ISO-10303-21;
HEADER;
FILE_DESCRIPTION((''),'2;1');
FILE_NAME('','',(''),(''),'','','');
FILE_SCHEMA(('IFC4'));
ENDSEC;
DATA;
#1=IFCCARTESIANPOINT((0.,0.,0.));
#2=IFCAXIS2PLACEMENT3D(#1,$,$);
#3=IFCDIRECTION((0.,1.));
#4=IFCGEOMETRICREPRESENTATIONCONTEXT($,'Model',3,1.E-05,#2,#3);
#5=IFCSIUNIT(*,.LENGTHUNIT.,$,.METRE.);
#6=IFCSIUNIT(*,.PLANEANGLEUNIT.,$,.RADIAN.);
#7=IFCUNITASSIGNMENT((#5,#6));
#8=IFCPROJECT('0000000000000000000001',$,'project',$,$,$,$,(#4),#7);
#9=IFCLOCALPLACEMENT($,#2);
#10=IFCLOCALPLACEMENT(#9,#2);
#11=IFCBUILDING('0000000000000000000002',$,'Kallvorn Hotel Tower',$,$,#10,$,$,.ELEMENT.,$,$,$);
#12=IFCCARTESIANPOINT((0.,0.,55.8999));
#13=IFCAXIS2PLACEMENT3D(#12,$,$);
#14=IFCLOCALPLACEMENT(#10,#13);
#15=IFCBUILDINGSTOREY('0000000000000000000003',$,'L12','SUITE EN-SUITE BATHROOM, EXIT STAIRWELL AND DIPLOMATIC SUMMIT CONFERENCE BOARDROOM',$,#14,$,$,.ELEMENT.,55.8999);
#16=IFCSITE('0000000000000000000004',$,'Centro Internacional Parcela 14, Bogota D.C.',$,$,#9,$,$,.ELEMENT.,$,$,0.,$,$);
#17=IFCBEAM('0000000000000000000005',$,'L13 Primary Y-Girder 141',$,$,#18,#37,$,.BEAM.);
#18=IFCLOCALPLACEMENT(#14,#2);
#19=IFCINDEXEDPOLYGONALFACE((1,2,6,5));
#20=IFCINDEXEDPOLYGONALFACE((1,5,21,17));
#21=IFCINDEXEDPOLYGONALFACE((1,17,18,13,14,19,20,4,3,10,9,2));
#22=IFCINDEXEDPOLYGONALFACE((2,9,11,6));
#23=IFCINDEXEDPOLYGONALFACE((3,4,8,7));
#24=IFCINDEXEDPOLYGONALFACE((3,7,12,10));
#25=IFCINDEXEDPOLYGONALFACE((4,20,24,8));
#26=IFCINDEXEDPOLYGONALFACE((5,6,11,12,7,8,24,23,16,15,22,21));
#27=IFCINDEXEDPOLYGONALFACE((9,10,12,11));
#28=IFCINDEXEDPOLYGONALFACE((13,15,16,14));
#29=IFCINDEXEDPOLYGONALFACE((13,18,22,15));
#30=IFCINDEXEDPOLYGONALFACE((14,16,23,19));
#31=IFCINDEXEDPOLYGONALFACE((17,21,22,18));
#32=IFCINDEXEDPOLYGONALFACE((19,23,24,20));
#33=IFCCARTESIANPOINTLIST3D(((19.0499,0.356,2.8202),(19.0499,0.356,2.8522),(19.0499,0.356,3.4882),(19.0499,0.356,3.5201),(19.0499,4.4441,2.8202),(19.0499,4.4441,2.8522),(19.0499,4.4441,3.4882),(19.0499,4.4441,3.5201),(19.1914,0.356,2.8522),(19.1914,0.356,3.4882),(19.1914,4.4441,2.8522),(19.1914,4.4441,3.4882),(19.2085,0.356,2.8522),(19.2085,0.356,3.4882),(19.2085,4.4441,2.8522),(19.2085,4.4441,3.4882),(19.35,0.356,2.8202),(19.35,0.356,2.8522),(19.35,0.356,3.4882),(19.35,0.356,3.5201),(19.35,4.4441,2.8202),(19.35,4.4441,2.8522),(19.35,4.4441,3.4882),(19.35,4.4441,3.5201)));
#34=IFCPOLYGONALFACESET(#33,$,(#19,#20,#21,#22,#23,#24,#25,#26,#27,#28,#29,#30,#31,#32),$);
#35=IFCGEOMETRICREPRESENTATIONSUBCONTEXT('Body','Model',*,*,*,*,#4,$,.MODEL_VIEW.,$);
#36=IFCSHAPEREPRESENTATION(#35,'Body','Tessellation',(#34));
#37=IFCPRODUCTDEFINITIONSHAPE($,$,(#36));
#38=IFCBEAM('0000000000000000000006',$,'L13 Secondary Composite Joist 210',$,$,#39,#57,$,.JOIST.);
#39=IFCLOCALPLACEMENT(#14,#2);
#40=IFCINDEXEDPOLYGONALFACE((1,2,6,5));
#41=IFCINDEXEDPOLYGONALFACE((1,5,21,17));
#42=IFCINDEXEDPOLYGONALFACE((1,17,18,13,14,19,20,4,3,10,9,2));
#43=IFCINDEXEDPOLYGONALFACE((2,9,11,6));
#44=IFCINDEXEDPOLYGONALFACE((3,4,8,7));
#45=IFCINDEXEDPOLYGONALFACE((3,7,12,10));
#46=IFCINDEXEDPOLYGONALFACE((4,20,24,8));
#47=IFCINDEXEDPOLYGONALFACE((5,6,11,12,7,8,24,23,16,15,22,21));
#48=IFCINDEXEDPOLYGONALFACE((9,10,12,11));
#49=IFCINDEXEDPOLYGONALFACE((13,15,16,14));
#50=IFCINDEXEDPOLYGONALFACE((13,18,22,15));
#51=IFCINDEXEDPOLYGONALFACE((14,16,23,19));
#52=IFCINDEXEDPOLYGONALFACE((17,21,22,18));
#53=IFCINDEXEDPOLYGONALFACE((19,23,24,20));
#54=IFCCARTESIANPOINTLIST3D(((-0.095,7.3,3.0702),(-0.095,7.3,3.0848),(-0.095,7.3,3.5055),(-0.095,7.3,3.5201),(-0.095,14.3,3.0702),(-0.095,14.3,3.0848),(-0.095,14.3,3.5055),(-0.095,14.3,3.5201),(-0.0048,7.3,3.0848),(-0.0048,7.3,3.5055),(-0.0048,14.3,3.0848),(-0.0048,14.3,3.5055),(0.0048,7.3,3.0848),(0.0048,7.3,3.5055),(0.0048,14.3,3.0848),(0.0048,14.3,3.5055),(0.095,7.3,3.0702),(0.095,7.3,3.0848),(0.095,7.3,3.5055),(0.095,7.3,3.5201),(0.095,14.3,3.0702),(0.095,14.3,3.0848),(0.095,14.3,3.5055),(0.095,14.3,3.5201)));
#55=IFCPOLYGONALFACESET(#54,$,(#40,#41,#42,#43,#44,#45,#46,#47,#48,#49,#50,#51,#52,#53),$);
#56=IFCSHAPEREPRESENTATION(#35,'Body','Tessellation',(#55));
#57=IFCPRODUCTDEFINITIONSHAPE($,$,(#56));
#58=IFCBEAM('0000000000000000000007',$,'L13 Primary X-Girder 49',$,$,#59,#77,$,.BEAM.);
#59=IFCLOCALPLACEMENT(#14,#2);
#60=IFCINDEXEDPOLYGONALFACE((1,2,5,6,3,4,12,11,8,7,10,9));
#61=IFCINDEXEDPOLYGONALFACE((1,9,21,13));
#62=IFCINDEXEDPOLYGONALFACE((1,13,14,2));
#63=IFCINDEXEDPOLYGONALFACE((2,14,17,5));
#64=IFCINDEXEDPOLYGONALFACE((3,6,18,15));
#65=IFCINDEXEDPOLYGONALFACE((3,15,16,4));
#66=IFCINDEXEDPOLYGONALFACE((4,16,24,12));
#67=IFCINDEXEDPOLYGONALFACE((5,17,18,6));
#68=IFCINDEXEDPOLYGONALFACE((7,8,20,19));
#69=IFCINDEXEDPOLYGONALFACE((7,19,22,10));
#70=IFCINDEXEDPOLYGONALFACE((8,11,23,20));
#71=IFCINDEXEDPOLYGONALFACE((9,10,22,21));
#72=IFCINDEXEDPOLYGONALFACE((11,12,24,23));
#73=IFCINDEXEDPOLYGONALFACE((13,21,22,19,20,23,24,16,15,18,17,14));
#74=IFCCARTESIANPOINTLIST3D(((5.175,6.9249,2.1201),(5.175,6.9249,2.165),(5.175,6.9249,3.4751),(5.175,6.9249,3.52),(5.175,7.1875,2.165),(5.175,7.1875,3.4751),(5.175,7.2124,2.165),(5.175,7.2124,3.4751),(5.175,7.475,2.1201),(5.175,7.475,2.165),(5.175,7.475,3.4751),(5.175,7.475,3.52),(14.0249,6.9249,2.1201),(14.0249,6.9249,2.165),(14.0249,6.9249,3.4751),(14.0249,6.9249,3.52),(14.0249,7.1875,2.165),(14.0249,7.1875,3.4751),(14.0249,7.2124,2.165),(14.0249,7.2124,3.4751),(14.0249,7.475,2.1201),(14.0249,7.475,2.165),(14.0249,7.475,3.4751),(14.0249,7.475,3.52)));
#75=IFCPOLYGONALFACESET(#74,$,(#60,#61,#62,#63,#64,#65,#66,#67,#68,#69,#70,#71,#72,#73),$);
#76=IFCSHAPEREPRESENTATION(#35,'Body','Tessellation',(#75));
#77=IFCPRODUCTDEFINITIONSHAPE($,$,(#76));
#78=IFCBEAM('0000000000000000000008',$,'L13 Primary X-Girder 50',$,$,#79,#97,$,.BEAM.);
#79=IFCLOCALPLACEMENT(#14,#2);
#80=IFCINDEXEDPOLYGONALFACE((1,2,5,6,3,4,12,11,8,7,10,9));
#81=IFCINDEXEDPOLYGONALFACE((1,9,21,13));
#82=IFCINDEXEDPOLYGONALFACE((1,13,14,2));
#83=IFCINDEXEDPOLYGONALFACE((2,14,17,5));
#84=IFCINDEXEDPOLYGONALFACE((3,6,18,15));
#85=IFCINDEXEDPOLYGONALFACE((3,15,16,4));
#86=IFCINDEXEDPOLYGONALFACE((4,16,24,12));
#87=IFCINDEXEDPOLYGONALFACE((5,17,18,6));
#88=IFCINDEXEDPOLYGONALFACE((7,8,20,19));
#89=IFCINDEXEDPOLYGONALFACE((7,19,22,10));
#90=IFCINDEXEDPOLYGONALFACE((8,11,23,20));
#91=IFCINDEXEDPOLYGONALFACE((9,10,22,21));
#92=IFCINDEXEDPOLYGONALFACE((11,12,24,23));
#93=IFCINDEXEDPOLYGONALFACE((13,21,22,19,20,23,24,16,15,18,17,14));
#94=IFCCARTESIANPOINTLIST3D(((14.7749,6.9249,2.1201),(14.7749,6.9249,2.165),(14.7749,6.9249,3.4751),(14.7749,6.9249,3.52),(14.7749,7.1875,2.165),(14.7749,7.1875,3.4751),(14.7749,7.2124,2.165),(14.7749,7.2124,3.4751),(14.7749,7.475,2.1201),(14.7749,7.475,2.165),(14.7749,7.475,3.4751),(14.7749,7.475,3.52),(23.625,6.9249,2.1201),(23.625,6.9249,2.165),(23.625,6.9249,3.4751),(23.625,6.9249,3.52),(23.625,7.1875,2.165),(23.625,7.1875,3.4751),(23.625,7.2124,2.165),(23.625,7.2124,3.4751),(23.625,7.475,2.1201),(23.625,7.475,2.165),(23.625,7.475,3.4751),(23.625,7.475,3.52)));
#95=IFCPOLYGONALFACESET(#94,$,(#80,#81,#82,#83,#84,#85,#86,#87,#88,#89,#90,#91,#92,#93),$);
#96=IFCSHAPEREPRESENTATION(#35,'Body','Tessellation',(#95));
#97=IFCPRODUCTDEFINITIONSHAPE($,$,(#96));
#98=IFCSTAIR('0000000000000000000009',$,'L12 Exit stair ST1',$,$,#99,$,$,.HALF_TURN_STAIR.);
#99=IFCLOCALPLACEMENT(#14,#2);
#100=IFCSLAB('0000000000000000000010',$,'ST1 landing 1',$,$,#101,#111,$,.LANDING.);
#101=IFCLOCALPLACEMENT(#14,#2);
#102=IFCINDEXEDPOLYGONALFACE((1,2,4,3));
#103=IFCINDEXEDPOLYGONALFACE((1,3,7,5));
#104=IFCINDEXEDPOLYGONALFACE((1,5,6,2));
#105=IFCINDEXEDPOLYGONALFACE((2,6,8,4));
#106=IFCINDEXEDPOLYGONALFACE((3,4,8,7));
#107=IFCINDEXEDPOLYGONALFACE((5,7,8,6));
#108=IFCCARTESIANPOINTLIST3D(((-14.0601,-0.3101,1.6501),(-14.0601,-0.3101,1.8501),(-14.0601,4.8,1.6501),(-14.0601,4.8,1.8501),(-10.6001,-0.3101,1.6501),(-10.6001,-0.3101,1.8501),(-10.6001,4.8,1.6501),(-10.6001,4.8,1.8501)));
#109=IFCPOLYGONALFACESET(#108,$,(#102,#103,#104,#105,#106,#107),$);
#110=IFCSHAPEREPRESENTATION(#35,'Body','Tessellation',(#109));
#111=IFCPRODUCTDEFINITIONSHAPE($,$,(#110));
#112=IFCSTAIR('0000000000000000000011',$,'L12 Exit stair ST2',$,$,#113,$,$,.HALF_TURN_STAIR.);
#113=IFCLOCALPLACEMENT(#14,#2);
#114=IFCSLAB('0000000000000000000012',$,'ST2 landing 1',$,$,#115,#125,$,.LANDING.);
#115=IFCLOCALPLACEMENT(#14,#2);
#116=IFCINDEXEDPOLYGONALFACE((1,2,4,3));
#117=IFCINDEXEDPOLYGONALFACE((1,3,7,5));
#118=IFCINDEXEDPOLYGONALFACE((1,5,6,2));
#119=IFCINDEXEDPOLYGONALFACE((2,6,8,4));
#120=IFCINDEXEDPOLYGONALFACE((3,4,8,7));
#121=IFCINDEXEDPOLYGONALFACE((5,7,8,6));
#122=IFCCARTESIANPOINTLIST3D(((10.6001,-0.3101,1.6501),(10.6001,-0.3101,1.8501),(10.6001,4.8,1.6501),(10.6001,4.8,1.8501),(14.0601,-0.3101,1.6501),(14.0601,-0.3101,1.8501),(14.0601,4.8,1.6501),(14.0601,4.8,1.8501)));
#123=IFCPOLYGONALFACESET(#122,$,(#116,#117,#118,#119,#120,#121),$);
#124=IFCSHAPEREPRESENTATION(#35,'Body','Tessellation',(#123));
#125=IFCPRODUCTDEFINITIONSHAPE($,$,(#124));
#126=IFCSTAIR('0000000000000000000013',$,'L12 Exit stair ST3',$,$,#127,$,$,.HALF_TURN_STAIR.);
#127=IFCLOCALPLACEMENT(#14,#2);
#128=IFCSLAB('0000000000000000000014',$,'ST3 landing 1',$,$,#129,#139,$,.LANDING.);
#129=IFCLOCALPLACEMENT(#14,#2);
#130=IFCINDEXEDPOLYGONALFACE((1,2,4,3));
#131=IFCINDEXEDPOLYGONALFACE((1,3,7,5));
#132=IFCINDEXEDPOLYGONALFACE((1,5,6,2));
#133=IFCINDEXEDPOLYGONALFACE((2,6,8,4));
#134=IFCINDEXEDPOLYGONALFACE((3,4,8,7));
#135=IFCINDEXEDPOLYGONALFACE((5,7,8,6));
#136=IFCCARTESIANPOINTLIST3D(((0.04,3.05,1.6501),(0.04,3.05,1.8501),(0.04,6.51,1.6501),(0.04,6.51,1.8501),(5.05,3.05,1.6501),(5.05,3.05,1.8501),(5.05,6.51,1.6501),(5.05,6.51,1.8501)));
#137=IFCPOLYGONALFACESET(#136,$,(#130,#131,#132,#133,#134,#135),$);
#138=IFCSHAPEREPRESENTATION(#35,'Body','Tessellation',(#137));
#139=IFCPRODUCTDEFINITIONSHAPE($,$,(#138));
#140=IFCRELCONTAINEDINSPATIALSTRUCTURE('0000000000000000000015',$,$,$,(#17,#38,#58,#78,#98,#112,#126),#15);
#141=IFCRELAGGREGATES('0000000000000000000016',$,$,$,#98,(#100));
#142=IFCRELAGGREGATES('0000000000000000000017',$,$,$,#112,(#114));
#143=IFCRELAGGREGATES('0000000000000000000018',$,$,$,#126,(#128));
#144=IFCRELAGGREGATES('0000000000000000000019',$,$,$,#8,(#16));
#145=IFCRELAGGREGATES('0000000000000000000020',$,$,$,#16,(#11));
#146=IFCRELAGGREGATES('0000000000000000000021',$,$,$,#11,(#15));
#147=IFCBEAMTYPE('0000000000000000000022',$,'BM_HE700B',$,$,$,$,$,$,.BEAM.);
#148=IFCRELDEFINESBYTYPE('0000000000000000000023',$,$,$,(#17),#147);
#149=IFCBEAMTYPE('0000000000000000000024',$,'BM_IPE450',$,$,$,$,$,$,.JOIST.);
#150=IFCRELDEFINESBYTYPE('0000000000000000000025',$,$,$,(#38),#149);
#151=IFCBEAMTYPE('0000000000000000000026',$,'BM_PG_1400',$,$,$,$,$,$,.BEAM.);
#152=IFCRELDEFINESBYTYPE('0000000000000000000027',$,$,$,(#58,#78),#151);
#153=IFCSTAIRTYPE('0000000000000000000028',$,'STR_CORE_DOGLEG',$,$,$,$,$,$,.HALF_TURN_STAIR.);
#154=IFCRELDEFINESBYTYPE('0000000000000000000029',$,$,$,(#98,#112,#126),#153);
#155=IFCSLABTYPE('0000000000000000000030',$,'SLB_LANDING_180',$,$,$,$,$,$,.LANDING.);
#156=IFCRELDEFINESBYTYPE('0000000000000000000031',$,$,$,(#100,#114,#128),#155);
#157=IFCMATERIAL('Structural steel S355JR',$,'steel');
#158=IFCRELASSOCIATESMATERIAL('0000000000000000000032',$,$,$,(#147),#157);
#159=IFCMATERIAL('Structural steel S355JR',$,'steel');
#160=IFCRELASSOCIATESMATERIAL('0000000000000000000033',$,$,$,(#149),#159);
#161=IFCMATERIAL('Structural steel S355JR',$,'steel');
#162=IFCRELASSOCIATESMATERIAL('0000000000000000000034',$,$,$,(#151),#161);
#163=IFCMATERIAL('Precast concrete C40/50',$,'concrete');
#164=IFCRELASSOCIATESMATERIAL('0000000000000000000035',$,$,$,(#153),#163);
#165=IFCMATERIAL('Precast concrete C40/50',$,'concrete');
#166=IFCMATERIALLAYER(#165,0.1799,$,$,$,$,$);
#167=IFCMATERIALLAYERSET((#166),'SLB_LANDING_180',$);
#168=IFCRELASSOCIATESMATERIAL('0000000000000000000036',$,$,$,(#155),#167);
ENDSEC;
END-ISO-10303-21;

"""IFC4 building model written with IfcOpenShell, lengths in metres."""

from ifc_helpers import new_model, si_unit, direction, frame, origin, origin_2d, place, context, subcontext, project, spatial, polyline, i_section, outline, extrude, material, layer, layer_set, material_profile, profile_set, type_object, element, aggregate, save


model = new_model("IFC4")

# Units and contexts
model_context = context("Model", 3, precision=1e-05, world=origin(), true_north=direction((0.0, 1.0)))
body_context = subcontext(model_context, "Body", "Model", "MODEL_VIEW")
ifc_project = project(units=[si_unit("LENGTHUNIT", "METRE"), si_unit("PLANEANGLEUNIT", "RADIAN")], contexts=[model_context])

# Site, building, storey
site_placement = place(None, origin())
site = spatial("IfcSite", under=ifc_project, at=site_placement, Name="Centro Internacional Parcela 14, Bogota D.C.", CompositionType="ELEMENT", RefElevation=0.0)
building_placement = place(site_placement, origin())
building = spatial("IfcBuilding", under=site, at=building_placement, Name="Kallvorn Hotel Tower", CompositionType="ELEMENT")
storey_placement = place(building_placement, frame((0.0, 0.0, 55.8999)))
storey = spatial("IfcBuildingStorey", under=building, at=storey_placement, Name="L12", Description="SUITE EN-SUITE BATHROOM, EXIT STAIRWELL AND DIPLOMATIC SUMMIT CONFERENCE BOARDROOM", CompositionType="ELEMENT", Elevation=55.8999)

# Beams
ifc_material_1 = material(Name="Structural steel S355JR", Category="steel")
ifc_material_profile_1 = material_profile(ifc_material_1, i_section(OverallWidth=0.3, OverallDepth=0.7, WebThickness=0.0171, FlangeThickness=0.032, at=origin_2d()), Name="HE 700 B")
ifc_profile_set_1 = profile_set([ifc_material_profile_1], Name="Structural steel S355JR")
beam_type_1 = type_object("IfcBeamType", Name="BM_HE700B", PredefinedType="BEAM", material=ifc_profile_set_1)
beam_1_placement = place(storey_placement, frame((19.2, 0.356, 3.1702), z_axis=(0.0, 1.0, 0.0), x_axis=(-1.0, 0.0, 0.0)))
element("IfcBeam", 1, at=beam_1_placement, inside=storey, type_object=beam_type_1, Name="L13 Primary Y-Girder 141", PredefinedType="BEAM", context=body_context, shape_type="SweptSolid", body=[
    extrude(i_section(OverallWidth=0.3, OverallDepth=0.7, WebThickness=0.0171, FlangeThickness=0.032, at=origin_2d()), origin(), (0.0, 0.0, 1.0), 4.0881),
])
ifc_material_2 = material(Name="Structural steel S355JR", Category="steel")
ifc_material_profile_2 = material_profile(ifc_material_2, i_section(OverallWidth=0.1899, OverallDepth=0.45, WebThickness=0.0095, FlangeThickness=0.0146, at=origin_2d()), Name="IPE 450")
ifc_profile_set_2 = profile_set([ifc_material_profile_2], Name="Structural steel S355JR")
beam_type_2 = type_object("IfcBeamType", Name="BM_IPE450", PredefinedType="JOIST", material=ifc_profile_set_2)
beam_2_placement = place(storey_placement, frame((0.0, 7.3, 3.2952), z_axis=(0.0, 1.0, 0.0), x_axis=(-1.0, 0.0, 0.0)))
element("IfcBeam", 2, at=beam_2_placement, inside=storey, type_object=beam_type_2, Name="L13 Secondary Composite Joist 210", PredefinedType="JOIST", context=body_context, shape_type="SweptSolid", body=[
    extrude(i_section(OverallWidth=0.1899, OverallDepth=0.45, WebThickness=0.0095, FlangeThickness=0.0146, at=origin_2d()), origin(), (0.0, 0.0, 1.0), 7.0),
])
ifc_material_3 = material(Name="Structural steel S355JR", Category="steel")
ifc_material_profile_3 = material_profile(ifc_material_3, i_section(OverallWidth=0.55, OverallDepth=1.3999, WebThickness=0.0249, FlangeThickness=0.0449, at=origin_2d()), Name="PG 1400x550x25x45")
ifc_profile_set_3 = profile_set([ifc_material_profile_3], Name="Structural steel S355JR")
beam_type_3 = type_object("IfcBeamType", Name="BM_PG_1400", PredefinedType="BEAM", material=ifc_profile_set_3)
beam_3_placement = place(storey_placement, frame((5.175, 7.2, 2.8201), z_axis=(1.0, 0.0, 0.0), x_axis=(0.0, 1.0, 0.0)))
element("IfcBeam", 3, at=beam_3_placement, inside=storey, type_object=beam_type_3, Name="L13 Primary X-Girder 49", PredefinedType="BEAM", context=body_context, shape_type="SweptSolid", body=[
    extrude(i_section(OverallWidth=0.55, OverallDepth=1.3999, WebThickness=0.0249, FlangeThickness=0.0449, at=origin_2d()), origin(), (0.0, 0.0, 1.0), 8.8499),
])
beam_4_placement = place(storey_placement, frame((14.7749, 7.2, 2.8201), z_axis=(1.0, 0.0, 0.0), x_axis=(0.0, 1.0, 0.0)))
element("IfcBeam", 4, at=beam_4_placement, inside=storey, type_object=beam_type_3, Name="L13 Primary X-Girder 50", PredefinedType="BEAM", context=body_context, shape_type="SweptSolid", body=[
    extrude(i_section(OverallWidth=0.55, OverallDepth=1.3999, WebThickness=0.0249, FlangeThickness=0.0449, at=origin_2d()), origin(), (0.0, 0.0, 1.0), 8.8501),
])

# Stairs, slabs
ifc_material_4 = material(Name="Precast concrete C40/50", Category="concrete")
stair_type = type_object("IfcStairType", Name="STR_CORE_DOGLEG", PredefinedType="HALF_TURN_STAIR", material=ifc_material_4)
stair_1_placement = place(storey_placement, origin())
stair_1 = element("IfcStair", 5, at=stair_1_placement, inside=storey, type_object=stair_type, Name="L12 Exit stair ST1", PredefinedType="HALF_TURN_STAIR")
ifc_material_5 = material(Name="Precast concrete C40/50", Category="concrete")
ifc_layer_1 = layer(ifc_material_5, 0.1799)
ifc_layer_set_1 = layer_set([ifc_layer_1], Name="SLB_LANDING_180")
slab_type_1 = type_object("IfcSlabType", Name="SLB_LANDING_180", PredefinedType="LANDING", material=ifc_layer_set_1)
slab_1_placement = place(storey_placement, frame((0.0, 0.0, 1.6501)))
slab_1 = element("IfcSlab", 6, at=slab_1_placement, type_object=slab_type_1, Name="ST1 landing 1", PredefinedType="LANDING", context=body_context, shape_type="SweptSolid", body=[
    extrude(outline(polyline([(-10.6001, -0.3101), (-10.6001, 4.8), (-14.0601, 4.8), (-14.0601, -0.3101), (-10.6001, -0.3101)])), origin(), (0.0, 0.0, 1.0), 0.2),
])
aggregate(stair_1, [slab_1])
stair_2_placement = place(storey_placement, origin())
stair_2 = element("IfcStair", 7, at=stair_2_placement, inside=storey, type_object=stair_type, Name="L12 Exit stair ST2", PredefinedType="HALF_TURN_STAIR")
slab_2_placement = place(storey_placement, frame((0.0, 0.0, 1.6501)))
slab_2 = element("IfcSlab", 8, at=slab_2_placement, type_object=slab_type_1, Name="ST2 landing 1", PredefinedType="LANDING", context=body_context, shape_type="SweptSolid", body=[
    extrude(outline(polyline([(14.0601, -0.3101), (14.0601, 4.8), (10.6001, 4.8), (10.6001, -0.3101), (14.0601, -0.3101)])), origin(), (0.0, 0.0, 1.0), 0.2),
])
stair_3_placement = place(storey_placement, origin())
stair_3 = element("IfcStair", 9, at=stair_3_placement, inside=storey, type_object=stair_type, Name="L12 Exit stair ST3", PredefinedType="HALF_TURN_STAIR")
slab_3_placement = place(storey_placement, frame((0.0, 0.0, 1.6501)))
slab_3 = element("IfcSlab", 10, at=slab_3_placement, type_object=slab_type_1, Name="ST3 landing 1", PredefinedType="LANDING", context=body_context, shape_type="SweptSolid", body=[
    extrude(outline(polyline([(0.04, 3.05), (5.05, 3.05), (5.05, 6.51), (0.04, 6.51), (0.04, 3.05)])), origin(), (0.0, 0.0, 1.0), 0.2),
])

aggregate(stair_2, [slab_2])
aggregate(stair_3, [slab_3])

save(model, "model.ifc")
